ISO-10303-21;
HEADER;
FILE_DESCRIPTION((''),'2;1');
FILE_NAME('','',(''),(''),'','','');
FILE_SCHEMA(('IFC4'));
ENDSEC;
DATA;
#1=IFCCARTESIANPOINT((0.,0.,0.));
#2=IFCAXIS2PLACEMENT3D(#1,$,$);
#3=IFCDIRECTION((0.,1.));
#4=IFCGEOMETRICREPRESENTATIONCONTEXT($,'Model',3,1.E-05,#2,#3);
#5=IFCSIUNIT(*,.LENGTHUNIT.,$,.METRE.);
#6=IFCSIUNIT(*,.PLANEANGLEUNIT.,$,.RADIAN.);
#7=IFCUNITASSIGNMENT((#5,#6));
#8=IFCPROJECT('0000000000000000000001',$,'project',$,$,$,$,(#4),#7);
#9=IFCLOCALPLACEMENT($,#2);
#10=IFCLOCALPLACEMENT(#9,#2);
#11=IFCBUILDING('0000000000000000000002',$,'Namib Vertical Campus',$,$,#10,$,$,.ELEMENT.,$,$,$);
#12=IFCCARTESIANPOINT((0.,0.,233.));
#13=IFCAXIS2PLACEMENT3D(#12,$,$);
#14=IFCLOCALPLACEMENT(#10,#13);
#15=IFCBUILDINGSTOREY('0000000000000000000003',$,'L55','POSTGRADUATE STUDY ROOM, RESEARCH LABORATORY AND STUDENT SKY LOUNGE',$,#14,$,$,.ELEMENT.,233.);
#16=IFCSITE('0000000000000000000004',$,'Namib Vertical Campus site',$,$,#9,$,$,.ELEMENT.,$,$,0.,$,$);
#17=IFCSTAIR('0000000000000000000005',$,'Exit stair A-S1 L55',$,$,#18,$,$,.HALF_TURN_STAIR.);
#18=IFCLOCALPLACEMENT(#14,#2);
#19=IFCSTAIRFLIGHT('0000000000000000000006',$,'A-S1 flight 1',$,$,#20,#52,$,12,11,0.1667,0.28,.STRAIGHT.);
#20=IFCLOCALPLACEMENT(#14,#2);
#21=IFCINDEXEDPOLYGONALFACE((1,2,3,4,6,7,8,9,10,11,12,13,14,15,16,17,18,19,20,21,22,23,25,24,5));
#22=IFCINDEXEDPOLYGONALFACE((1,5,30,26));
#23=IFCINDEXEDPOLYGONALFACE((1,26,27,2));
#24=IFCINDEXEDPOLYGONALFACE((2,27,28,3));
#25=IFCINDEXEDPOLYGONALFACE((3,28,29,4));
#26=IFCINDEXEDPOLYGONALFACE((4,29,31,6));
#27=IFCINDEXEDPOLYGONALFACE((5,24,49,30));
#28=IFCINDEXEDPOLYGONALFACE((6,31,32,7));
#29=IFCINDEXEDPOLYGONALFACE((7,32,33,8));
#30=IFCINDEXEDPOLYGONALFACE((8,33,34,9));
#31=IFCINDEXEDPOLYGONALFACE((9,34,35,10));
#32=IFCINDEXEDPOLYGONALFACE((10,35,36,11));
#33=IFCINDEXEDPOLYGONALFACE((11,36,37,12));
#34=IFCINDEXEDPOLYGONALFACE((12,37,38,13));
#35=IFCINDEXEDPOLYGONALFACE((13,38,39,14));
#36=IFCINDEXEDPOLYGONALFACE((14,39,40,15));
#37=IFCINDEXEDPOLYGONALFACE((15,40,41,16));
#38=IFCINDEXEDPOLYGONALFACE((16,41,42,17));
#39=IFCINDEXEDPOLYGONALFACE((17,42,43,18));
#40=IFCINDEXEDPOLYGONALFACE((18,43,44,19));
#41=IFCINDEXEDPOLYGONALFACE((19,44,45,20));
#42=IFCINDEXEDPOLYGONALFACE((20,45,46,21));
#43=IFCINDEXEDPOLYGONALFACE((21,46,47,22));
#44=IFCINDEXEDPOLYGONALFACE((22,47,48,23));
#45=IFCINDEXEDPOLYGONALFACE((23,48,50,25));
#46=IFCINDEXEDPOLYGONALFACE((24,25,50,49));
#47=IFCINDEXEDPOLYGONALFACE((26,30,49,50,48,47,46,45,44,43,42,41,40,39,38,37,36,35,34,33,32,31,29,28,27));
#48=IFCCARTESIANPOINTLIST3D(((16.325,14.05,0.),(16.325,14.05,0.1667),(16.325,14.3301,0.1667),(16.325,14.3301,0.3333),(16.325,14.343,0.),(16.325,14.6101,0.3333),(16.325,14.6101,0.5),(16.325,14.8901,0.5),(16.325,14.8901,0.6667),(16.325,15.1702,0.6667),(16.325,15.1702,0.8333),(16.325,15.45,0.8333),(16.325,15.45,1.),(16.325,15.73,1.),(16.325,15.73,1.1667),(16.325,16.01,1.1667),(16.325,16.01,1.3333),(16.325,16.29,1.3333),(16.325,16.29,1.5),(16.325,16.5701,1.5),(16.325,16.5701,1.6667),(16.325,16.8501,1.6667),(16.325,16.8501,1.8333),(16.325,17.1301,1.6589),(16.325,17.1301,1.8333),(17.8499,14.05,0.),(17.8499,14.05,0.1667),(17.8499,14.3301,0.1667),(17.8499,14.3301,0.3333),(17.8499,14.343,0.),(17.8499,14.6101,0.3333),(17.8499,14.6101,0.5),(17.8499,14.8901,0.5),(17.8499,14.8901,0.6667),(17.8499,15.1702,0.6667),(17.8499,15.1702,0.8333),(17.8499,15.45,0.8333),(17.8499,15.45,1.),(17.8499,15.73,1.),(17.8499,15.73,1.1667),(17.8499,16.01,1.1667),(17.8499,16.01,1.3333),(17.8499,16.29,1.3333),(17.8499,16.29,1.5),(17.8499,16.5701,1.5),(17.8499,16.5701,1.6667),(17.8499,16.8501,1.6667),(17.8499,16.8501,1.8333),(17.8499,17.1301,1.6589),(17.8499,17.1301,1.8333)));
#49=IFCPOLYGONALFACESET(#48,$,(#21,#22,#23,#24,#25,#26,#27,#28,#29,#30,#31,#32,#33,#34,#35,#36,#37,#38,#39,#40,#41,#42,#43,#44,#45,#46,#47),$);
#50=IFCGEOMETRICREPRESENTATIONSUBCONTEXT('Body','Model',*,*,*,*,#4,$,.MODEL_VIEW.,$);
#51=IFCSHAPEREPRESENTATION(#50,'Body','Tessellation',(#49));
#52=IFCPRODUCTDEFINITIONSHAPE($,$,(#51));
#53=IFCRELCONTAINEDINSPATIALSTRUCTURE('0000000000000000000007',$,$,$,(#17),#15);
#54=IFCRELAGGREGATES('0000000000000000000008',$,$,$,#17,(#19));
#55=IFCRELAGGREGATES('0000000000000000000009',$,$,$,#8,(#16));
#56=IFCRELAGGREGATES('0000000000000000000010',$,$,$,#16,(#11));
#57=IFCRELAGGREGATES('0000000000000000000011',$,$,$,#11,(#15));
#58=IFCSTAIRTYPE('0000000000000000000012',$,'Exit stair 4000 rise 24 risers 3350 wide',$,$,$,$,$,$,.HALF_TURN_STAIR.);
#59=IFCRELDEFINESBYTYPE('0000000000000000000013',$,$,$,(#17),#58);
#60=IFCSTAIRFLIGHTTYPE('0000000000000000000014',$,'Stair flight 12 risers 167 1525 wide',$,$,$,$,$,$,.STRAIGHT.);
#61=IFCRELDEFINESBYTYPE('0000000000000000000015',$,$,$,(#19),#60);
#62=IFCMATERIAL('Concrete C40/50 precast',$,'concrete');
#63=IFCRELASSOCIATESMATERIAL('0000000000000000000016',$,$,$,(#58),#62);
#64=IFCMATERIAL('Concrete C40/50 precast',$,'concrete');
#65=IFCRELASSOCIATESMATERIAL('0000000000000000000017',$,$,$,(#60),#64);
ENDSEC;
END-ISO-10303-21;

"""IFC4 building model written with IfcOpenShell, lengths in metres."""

from ifc_helpers import new_model, si_unit, direction, frame, origin, place, context, subcontext, project, spatial, polyline, outline, extrude, material, type_object, element, aggregate, save


model = new_model("IFC4")

# Units and contexts
model_context = context("Model", 3, precision=1e-05, world=origin(), true_north=direction((0.0, 1.0)))
body_context = subcontext(model_context, "Body", "Model", "MODEL_VIEW")
ifc_project = project(units=[si_unit("LENGTHUNIT", "METRE"), si_unit("PLANEANGLEUNIT", "RADIAN")], contexts=[model_context])

# Site, building, storey
site_placement = place(None, origin())
site = spatial("IfcSite", under=ifc_project, at=site_placement, Name="Namib Vertical Campus site", CompositionType="ELEMENT", RefElevation=0.0)
building_placement = place(site_placement, origin())
building = spatial("IfcBuilding", under=site, at=building_placement, Name="Namib Vertical Campus", CompositionType="ELEMENT")
storey_placement = place(building_placement, frame((0.0, 0.0, 233.0)))
storey = spatial("IfcBuildingStorey", under=building, at=storey_placement, Name="L55", Description="POSTGRADUATE STUDY ROOM, RESEARCH LABORATORY AND STUDENT SKY LOUNGE", CompositionType="ELEMENT", Elevation=233.0)

# Stair, stair flight
ifc_material_1 = material(Name="Concrete C40/50 precast", Category="concrete")
stair_type = type_object("IfcStairType", Name="Exit stair 4000 rise 24 risers 3350 wide", PredefinedType="HALF_TURN_STAIR", material=ifc_material_1)
stair_placement = place(storey_placement, origin())
stair = element("IfcStair", 1, at=stair_placement, inside=storey, type_object=stair_type, Name="Exit stair A-S1 L55", PredefinedType="HALF_TURN_STAIR")
ifc_material_2 = material(Name="Concrete C40/50 precast", Category="concrete")
stair_flight_type = type_object("IfcStairFlightType", Name="Stair flight 12 risers 167 1525 wide", PredefinedType="STRAIGHT", material=ifc_material_2)
stair_flight_placement = place(storey_placement, frame((17.0874, 14.05, 0.0), z_axis=(0.0, 0.0, 1.0), x_axis=(0.0, 1.0, 0.0)))
stair_flight = element("IfcStairFlight", 2, at=stair_flight_placement, type_object=stair_flight_type, Name="A-S1 flight 1", NumberOfRisers=12, NumberOfTreads=11, PredefinedType="STRAIGHT", RiserHeight=0.1667, TreadLength=0.28, context=body_context, shape_type="SweptSolid", body=[
    extrude(outline(polyline([(0.0, 0.0), (0.0, 0.1667), (0.28, 0.1667), (0.28, 0.3333), (0.5601, 0.3333), (0.5601, 0.5), (0.8401, 0.5), (0.8401, 0.6667), (1.1201, 0.6667), (1.1201, 0.8333), (1.3999, 0.8333), (1.3999, 1.0), (1.6799, 1.0), (1.6799, 1.1667), (1.96, 1.1667), (1.96, 1.3333), (2.24, 1.3333), (2.24, 1.5), (2.52, 1.5), (2.52, 1.6667), (2.8, 1.6667), (2.8, 1.8333), (3.0801, 1.8333), (3.0801, 2.0), (3.0801, 1.6589), (0.293, 0.0), (0.0, 0.0)])), frame((0.0, 0.7625, 0.0), z_axis=(0.0, -1.0, 0.0), x_axis=(1.0, 0.0, 0.0)), (0.0, 0.0, 1.0), 1.5249),
])
aggregate(stair, [stair_flight])

save(model, "model.ifc")
